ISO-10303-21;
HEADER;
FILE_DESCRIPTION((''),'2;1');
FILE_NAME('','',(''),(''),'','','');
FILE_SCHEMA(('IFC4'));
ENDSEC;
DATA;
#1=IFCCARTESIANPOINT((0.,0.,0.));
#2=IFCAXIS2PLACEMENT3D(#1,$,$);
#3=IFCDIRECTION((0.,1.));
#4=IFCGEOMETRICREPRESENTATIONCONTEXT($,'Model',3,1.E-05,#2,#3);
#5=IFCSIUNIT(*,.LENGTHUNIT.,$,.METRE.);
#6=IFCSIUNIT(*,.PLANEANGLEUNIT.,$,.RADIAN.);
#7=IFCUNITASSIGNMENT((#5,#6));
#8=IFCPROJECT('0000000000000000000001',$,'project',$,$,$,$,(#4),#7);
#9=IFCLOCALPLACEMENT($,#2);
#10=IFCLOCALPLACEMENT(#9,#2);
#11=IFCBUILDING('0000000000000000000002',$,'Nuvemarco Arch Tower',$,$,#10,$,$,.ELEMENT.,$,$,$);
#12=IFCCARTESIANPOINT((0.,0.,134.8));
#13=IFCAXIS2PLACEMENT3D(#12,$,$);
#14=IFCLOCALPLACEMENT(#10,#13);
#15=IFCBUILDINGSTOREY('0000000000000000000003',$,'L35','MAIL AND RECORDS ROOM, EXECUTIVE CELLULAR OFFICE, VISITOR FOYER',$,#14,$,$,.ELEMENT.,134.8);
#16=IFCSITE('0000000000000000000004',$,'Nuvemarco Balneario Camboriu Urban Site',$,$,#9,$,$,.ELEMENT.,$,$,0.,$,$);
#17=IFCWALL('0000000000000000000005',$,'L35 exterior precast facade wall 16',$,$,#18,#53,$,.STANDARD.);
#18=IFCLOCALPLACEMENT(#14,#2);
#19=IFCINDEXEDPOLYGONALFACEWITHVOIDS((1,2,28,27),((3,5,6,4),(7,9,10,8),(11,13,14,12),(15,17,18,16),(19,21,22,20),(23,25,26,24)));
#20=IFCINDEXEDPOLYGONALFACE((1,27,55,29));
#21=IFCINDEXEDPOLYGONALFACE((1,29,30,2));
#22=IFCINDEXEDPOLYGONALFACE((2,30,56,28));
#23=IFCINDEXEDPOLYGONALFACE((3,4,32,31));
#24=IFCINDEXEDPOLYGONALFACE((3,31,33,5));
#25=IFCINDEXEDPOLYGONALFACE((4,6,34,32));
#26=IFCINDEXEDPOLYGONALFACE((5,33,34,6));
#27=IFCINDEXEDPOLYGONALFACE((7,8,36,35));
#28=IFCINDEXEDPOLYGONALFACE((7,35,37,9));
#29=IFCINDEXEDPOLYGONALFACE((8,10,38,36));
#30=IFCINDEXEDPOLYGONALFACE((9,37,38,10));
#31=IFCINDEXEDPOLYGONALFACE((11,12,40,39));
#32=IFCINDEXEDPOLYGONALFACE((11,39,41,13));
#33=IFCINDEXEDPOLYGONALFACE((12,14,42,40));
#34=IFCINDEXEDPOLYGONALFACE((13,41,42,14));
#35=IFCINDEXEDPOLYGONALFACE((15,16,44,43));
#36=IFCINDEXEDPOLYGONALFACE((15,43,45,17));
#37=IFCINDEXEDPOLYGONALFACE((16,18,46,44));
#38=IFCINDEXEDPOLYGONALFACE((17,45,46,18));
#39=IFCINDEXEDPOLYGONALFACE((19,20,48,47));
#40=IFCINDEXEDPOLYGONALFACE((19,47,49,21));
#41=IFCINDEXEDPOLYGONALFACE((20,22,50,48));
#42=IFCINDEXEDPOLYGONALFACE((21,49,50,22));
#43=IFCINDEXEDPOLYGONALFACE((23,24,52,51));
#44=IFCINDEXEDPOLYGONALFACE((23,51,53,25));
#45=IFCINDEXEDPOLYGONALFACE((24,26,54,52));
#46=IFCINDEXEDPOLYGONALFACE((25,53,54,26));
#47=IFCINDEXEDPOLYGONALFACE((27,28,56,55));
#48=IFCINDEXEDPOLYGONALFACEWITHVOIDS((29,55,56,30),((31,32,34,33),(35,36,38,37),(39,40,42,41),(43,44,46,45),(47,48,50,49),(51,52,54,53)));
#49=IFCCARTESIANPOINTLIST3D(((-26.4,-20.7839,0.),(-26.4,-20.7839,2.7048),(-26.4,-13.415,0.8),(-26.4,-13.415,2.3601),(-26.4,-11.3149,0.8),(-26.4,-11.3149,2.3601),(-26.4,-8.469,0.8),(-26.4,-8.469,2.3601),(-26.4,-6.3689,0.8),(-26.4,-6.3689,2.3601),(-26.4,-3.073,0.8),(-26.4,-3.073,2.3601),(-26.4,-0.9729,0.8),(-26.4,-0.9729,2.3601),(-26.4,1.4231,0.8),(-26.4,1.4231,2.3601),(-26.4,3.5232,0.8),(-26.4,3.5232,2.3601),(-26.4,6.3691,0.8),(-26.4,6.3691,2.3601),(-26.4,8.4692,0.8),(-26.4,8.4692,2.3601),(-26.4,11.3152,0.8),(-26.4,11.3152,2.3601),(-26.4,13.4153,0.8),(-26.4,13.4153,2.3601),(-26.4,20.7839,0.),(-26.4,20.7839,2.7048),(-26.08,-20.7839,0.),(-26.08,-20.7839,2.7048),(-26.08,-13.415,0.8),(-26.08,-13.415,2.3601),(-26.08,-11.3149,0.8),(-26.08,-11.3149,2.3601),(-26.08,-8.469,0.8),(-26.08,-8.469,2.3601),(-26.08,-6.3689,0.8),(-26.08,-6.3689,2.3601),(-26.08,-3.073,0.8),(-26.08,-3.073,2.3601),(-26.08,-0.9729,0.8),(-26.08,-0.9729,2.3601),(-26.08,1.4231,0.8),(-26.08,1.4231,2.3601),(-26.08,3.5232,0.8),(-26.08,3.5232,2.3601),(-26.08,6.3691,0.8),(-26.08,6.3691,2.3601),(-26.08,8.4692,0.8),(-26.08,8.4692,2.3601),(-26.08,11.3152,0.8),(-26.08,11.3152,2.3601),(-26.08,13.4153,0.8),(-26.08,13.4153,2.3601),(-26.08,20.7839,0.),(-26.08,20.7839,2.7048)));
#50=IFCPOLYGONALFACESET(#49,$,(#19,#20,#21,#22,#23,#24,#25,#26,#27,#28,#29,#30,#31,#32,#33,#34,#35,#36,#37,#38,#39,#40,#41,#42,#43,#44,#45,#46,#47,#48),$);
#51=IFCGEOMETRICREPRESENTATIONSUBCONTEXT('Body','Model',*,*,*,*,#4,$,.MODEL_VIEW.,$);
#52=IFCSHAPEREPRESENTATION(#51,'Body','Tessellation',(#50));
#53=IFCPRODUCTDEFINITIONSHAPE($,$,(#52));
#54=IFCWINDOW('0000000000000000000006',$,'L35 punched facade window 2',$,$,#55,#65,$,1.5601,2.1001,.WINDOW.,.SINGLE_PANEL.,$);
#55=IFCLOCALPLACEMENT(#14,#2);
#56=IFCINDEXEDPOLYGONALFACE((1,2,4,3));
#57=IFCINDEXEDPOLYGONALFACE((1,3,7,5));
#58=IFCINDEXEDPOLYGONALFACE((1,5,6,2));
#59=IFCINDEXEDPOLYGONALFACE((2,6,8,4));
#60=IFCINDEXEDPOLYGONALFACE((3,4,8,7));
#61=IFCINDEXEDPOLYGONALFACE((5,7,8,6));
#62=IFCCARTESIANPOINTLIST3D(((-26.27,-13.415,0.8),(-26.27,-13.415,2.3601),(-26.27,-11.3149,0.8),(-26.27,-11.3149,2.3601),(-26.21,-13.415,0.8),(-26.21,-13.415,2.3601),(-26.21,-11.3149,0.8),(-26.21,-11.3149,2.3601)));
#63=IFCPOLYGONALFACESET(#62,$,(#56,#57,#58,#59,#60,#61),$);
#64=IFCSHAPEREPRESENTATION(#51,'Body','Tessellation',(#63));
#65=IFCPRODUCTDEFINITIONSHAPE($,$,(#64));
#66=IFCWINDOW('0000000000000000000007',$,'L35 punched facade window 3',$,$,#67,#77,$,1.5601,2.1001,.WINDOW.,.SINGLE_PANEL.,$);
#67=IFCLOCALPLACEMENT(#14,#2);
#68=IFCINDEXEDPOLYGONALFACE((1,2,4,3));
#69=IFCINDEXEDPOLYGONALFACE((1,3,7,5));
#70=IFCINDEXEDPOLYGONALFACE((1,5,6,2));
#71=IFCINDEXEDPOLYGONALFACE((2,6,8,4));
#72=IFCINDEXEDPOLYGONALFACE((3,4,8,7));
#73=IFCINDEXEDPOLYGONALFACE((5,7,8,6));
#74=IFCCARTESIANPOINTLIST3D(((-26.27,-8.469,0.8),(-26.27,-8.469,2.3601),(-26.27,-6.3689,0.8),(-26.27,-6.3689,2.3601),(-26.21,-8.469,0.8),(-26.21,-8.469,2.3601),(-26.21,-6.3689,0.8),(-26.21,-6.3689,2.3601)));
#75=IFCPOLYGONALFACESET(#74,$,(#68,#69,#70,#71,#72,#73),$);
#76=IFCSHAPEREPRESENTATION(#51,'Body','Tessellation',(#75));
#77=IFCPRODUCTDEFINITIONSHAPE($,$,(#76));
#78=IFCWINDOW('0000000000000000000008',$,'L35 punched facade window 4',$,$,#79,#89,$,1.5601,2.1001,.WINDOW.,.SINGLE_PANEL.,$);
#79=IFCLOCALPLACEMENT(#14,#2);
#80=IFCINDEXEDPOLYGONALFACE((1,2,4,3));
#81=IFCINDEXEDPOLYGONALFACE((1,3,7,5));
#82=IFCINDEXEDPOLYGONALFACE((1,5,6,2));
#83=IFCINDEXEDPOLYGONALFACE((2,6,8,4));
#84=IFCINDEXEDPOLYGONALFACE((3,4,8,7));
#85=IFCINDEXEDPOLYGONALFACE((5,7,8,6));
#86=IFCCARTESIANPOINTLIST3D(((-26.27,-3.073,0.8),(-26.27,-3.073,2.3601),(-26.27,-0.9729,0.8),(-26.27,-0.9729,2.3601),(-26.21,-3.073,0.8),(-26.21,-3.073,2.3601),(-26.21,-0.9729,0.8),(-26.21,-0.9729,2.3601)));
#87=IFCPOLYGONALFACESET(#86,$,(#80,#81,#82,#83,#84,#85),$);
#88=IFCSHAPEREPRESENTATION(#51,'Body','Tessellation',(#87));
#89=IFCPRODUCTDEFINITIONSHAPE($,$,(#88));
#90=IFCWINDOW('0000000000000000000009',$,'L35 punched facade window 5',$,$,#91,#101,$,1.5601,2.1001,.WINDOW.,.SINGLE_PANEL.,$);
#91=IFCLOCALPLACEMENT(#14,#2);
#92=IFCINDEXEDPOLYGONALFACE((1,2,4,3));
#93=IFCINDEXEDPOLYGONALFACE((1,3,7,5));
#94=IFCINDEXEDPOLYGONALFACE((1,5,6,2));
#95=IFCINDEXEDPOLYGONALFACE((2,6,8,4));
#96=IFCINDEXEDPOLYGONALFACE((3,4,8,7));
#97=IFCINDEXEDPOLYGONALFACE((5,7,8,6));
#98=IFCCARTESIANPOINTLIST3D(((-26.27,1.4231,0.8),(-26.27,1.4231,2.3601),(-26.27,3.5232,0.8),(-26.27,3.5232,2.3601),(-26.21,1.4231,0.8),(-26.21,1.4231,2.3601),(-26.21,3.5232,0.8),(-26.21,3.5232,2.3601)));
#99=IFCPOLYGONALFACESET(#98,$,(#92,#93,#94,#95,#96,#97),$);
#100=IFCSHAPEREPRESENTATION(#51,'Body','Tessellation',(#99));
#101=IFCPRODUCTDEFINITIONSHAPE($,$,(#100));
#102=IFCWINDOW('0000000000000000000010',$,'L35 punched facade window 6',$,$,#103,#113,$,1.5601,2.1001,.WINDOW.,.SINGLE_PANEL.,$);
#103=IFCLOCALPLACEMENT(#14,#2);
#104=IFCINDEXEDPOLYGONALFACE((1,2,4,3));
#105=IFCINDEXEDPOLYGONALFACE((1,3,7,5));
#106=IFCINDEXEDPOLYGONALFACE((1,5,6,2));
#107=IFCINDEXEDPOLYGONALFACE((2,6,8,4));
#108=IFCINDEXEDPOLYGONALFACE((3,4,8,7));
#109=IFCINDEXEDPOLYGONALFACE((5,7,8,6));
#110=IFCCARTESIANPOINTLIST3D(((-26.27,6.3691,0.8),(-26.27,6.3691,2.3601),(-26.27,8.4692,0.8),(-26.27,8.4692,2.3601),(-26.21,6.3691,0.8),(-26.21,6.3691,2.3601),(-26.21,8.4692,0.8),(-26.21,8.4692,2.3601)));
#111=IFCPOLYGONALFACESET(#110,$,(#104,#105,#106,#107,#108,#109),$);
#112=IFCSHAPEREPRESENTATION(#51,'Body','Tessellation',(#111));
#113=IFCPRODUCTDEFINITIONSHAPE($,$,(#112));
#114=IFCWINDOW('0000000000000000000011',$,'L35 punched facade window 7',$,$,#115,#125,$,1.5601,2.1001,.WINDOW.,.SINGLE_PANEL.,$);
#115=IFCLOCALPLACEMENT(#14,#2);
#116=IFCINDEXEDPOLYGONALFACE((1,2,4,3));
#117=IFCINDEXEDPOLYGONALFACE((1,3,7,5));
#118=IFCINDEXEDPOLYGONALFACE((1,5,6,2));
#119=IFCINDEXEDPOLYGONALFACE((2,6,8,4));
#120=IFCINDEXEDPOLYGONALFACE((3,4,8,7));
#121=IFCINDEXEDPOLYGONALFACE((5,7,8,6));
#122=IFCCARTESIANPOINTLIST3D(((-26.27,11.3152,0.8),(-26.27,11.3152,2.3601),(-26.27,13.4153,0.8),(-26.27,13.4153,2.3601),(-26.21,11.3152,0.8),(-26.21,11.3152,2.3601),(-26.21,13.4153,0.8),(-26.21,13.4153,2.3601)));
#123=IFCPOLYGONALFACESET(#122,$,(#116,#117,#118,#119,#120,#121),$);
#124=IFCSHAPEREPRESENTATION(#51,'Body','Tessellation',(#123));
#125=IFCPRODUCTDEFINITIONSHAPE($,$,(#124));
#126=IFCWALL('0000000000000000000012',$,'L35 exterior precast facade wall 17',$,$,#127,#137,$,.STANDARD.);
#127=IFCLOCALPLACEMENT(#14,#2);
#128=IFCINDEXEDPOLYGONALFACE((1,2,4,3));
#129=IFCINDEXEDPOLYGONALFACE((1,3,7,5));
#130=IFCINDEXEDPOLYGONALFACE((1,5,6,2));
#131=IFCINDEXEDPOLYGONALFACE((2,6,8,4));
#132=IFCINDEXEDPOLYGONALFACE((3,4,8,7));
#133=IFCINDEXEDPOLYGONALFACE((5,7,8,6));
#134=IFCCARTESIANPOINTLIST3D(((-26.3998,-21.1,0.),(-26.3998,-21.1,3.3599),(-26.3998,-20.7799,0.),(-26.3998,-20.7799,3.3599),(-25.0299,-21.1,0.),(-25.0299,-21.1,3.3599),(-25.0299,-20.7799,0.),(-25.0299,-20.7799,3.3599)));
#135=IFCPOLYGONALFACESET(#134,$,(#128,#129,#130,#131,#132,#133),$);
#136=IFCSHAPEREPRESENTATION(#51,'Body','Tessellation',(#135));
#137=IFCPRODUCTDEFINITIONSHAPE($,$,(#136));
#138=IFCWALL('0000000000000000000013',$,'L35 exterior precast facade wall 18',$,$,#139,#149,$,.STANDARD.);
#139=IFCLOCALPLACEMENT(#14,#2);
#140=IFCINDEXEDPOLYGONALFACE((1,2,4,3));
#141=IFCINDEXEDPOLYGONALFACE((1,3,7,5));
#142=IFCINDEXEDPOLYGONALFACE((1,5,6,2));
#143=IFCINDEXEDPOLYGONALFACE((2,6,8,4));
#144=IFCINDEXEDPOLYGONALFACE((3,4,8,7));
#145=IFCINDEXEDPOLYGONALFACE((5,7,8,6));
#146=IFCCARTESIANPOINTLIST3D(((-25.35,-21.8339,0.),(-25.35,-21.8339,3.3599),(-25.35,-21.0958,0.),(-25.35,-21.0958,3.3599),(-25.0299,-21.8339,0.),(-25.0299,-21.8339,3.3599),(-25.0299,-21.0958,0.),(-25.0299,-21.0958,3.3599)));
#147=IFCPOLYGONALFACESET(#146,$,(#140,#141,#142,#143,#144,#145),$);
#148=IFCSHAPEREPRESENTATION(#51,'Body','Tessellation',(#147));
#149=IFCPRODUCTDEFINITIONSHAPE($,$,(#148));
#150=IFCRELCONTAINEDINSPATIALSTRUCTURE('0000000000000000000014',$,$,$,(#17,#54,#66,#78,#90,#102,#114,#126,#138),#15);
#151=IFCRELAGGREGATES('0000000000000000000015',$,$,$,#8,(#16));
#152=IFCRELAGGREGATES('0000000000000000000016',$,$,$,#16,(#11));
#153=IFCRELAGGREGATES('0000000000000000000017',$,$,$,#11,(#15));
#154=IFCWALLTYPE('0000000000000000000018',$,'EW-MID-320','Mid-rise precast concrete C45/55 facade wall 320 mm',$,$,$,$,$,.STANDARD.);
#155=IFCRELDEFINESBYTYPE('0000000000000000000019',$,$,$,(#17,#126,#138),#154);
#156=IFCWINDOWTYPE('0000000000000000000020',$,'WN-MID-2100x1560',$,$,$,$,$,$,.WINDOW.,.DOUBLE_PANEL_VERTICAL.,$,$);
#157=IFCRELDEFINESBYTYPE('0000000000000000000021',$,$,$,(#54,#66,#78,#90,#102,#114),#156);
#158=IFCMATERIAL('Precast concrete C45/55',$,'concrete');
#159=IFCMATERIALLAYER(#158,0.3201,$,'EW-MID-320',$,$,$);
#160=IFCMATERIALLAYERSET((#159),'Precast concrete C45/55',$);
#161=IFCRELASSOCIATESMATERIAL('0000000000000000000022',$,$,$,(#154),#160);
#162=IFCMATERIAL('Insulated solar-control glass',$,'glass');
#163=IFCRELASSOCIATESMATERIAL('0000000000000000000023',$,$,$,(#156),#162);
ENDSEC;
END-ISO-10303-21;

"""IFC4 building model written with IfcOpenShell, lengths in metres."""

from ifc_helpers import new_model, si_unit, direction, frame, frame_2d, origin, place, context, subcontext, project, spatial, rectangle, extrude, source, transform, mapped, material, layer, layer_set, type_object, type_shapes, element, fill, save


model = new_model("IFC4")

# Units and contexts
model_context = context("Model", 3, precision=1e-05, world=origin(), true_north=direction((0.0, 1.0)))
body_context = subcontext(model_context, "Body", "Model", "MODEL_VIEW")
ifc_project = project(units=[si_unit("LENGTHUNIT", "METRE"), si_unit("PLANEANGLEUNIT", "RADIAN")], contexts=[model_context])

# Site, building, storey
site_placement = place(None, origin())
site = spatial("IfcSite", under=ifc_project, at=site_placement, Name="Nuvemarco Balneario Camboriu Urban Site", CompositionType="ELEMENT", RefElevation=0.0)
building_placement = place(site_placement, origin())
building = spatial("IfcBuilding", under=site, at=building_placement, Name="Nuvemarco Arch Tower", CompositionType="ELEMENT")
storey_placement = place(building_placement, frame((0.0, 0.0, 134.8)))
storey = spatial("IfcBuildingStorey", under=building, at=storey_placement, Name="L35", Description="MAIL AND RECORDS ROOM, EXECUTIVE CELLULAR OFFICE, VISITOR FOYER", CompositionType="ELEMENT", Elevation=134.8)

# Wall, openings, windows
ifc_material_1 = material(Name="Precast concrete C45/55", Category="concrete")
ifc_layer = layer(ifc_material_1, 0.3201, Name="EW-MID-320")
ifc_layer_set = layer_set([ifc_layer], Name="Precast concrete C45/55")
wall_type = type_object("IfcWallType", Name="EW-MID-320", Description="Mid-rise precast concrete C45/55 facade wall 320 mm", PredefinedType="STANDARD", material=ifc_layer_set)
wall_1_placement = place(storey_placement, frame((-26.24, -20.7839, 0.0), z_axis=(0.0, 0.0, 1.0), x_axis=(0.0, 1.0, 0.0)))
wall_1 = element("IfcWall", 1, at=wall_1_placement, inside=storey, type_object=wall_type, Name="L35 exterior precast facade wall 16", PredefinedType="STANDARD", context=body_context, shape_type="SweptSolid", body=[
    extrude(rectangle(XDim=41.5679, YDim=0.3201, at=frame_2d((20.7839, 0.0))), origin(), (0.0, 0.0, 1.0), 2.7048),
])
opening_1_placement = place(wall_1_placement, frame((7.3689, 0.0, 0.8)))
opening_1 = element("IfcOpeningElement", 2, at=opening_1_placement, cuts=wall_1, PredefinedType="OPENING", context=body_context, shape_type="SweptSolid", body=[
    extrude(rectangle(XDim=2.1001, YDim=1.5601, at=frame_2d((1.05, 0.78))), frame((0.0, 0.1699, 0.0), z_axis=(0.0, -1.0, 0.0), x_axis=(1.0, 0.0, 0.0)), (0.0, 0.0, 1.0), 0.3401),
])
opening_2_placement = place(wall_1_placement, frame((12.3149, 0.0, 0.8)))
opening_2 = element("IfcOpeningElement", 3, at=opening_2_placement, cuts=wall_1, PredefinedType="OPENING", context=body_context, shape_type="SweptSolid", body=[
    extrude(rectangle(XDim=2.1001, YDim=1.5601, at=frame_2d((1.05, 0.78))), frame((0.0, 0.1699, 0.0), z_axis=(0.0, -1.0, 0.0), x_axis=(1.0, 0.0, 0.0)), (0.0, 0.0, 1.0), 0.3401),
])
opening_3_placement = place(wall_1_placement, frame((17.7109, 0.0, 0.8)))
opening_3 = element("IfcOpeningElement", 4, at=opening_3_placement, cuts=wall_1, PredefinedType="OPENING", context=body_context, shape_type="SweptSolid", body=[
    extrude(rectangle(XDim=2.1001, YDim=1.5601, at=frame_2d((1.05, 0.78))), frame((0.0, 0.1699, 0.0), z_axis=(0.0, -1.0, 0.0), x_axis=(1.0, 0.0, 0.0)), (0.0, 0.0, 1.0), 0.3401),
])
opening_4_placement = place(wall_1_placement, frame((22.207, 0.0, 0.8)))
opening_4 = element("IfcOpeningElement", 5, at=opening_4_placement, cuts=wall_1, PredefinedType="OPENING", context=body_context, shape_type="SweptSolid", body=[
    extrude(rectangle(XDim=2.1001, YDim=1.5601, at=frame_2d((1.05, 0.78))), frame((0.0, 0.1699, 0.0), z_axis=(0.0, -1.0, 0.0), x_axis=(1.0, 0.0, 0.0)), (0.0, 0.0, 1.0), 0.3401),
])
opening_5_placement = place(wall_1_placement, frame((27.1531, 0.0, 0.8)))
opening_5 = element("IfcOpeningElement", 6, at=opening_5_placement, cuts=wall_1, PredefinedType="OPENING", context=body_context, shape_type="SweptSolid", body=[
    extrude(rectangle(XDim=2.1001, YDim=1.5601, at=frame_2d((1.05, 0.78))), frame((0.0, 0.1699, 0.0), z_axis=(0.0, -1.0, 0.0), x_axis=(1.0, 0.0, 0.0)), (0.0, 0.0, 1.0), 0.3401),
])
opening_6_placement = place(wall_1_placement, frame((32.0991, 0.0, 0.8)))
opening_6 = element("IfcOpeningElement", 7, at=opening_6_placement, cuts=wall_1, PredefinedType="OPENING", context=body_context, shape_type="SweptSolid", body=[
    extrude(rectangle(XDim=2.1001, YDim=1.5601, at=frame_2d((1.05, 0.78))), frame((0.0, 0.1699, 0.0), z_axis=(0.0, -1.0, 0.0), x_axis=(1.0, 0.0, 0.0)), (0.0, 0.0, 1.0), 0.3401),
])
ifc_material_2 = material(Name="Insulated solar-control glass", Category="glass")
window_type = type_object("IfcWindowType", Name="WN-MID-2100x1560", PartitioningType="DOUBLE_PANEL_VERTICAL", PredefinedType="WINDOW", material=ifc_material_2)
shared_shape = source(origin(), body_context, "Body", "SweptSolid", [
    extrude(rectangle(XDim=2.1001, YDim=1.5601, at=frame_2d((1.05, 0.78))), frame((0.0, 0.03, 0.0), z_axis=(0.0, -1.0, 0.0), x_axis=(1.0, 0.0, 0.0)), (0.0, 0.0, 1.0), 0.0601),
])
type_shapes(window_type, [shared_shape])
window_1_placement = place(opening_1_placement, origin())
window_1 = element("IfcWindow", 8, at=window_1_placement, inside=storey, type_object=window_type, Name="L35 punched facade window 2", OverallHeight=1.5601, OverallWidth=2.1001, PartitioningType="SINGLE_PANEL", PredefinedType="WINDOW", context=body_context, shape_type="MappedRepresentation", body=[
    mapped(shared_shape, transform((0.0, 0.0, 0.0), scale=1.0)),
])
fill(opening_1, window_1)
window_2_placement = place(opening_2_placement, origin())
window_2 = element("IfcWindow", 9, at=window_2_placement, inside=storey, type_object=window_type, Name="L35 punched facade window 3", OverallHeight=1.5601, OverallWidth=2.1001, PartitioningType="SINGLE_PANEL", PredefinedType="WINDOW", context=body_context, shape_type="MappedRepresentation", body=[
    mapped(shared_shape, transform((0.0, 0.0, 0.0), scale=1.0)),
])
fill(opening_2, window_2)
window_3_placement = place(opening_3_placement, origin())
window_3 = element("IfcWindow", 10, at=window_3_placement, inside=storey, type_object=window_type, Name="L35 punched facade window 4", OverallHeight=1.5601, OverallWidth=2.1001, PartitioningType="SINGLE_PANEL", PredefinedType="WINDOW", context=body_context, shape_type="MappedRepresentation", body=[
    mapped(shared_shape, transform((0.0, 0.0, 0.0), scale=1.0)),
])
fill(opening_3, window_3)
window_4_placement = place(opening_4_placement, origin())
window_4 = element("IfcWindow", 11, at=window_4_placement, inside=storey, type_object=window_type, Name="L35 punched facade window 5", OverallHeight=1.5601, OverallWidth=2.1001, PartitioningType="SINGLE_PANEL", PredefinedType="WINDOW", context=body_context, shape_type="MappedRepresentation", body=[
    mapped(shared_shape, transform((0.0, 0.0, 0.0), scale=1.0)),
])
fill(opening_4, window_4)
window_5_placement = place(opening_5_placement, origin())
window_5 = element("IfcWindow", 12, at=window_5_placement, inside=storey, type_object=window_type, Name="L35 punched facade window 6", OverallHeight=1.5601, OverallWidth=2.1001, PartitioningType="SINGLE_PANEL", PredefinedType="WINDOW", context=body_context, shape_type="MappedRepresentation", body=[
    mapped(shared_shape, transform((0.0, 0.0, 0.0), scale=1.0)),
])
fill(opening_5, window_5)
window_6_placement = place(opening_6_placement, origin())
window_6 = element("IfcWindow", 13, at=window_6_placement, inside=storey, type_object=window_type, Name="L35 punched facade window 7", OverallHeight=1.5601, OverallWidth=2.1001, PartitioningType="SINGLE_PANEL", PredefinedType="WINDOW", context=body_context, shape_type="MappedRepresentation", body=[
    mapped(shared_shape, transform((0.0, 0.0, 0.0), scale=1.0)),
])
fill(opening_6, window_6)

# Walls
wall_2_placement = place(storey_placement, frame((-26.3999, -20.9399, 0.0), z_axis=(0.0, 0.0, 1.0), x_axis=(1.0, 0.0, 0.0)))
element("IfcWall", 14, at=wall_2_placement, inside=storey, type_object=wall_type, Name="L35 exterior precast facade wall 17", PredefinedType="STANDARD", context=body_context, shape_type="SweptSolid", body=[
    extrude(rectangle(XDim=1.3699, YDim=0.3201, at=frame_2d((0.6851, 0.0))), origin(), (0.0, 0.0, 1.0), 3.3599),
])
wall_3_placement = place(storey_placement, frame((-25.1899, -21.834, 0.0), z_axis=(0.0, 0.0, 1.0), x_axis=(0.0, 1.0, 0.0)))
element("IfcWall", 15, at=wall_3_placement, inside=storey, type_object=wall_type, Name="L35 exterior precast facade wall 18", PredefinedType="STANDARD", context=body_context, shape_type="SweptSolid", body=[
    extrude(rectangle(XDim=0.738, YDim=0.3201, at=frame_2d((0.3691, 0.0))), origin(), (0.0, 0.0, 1.0), 3.3599),
])

save(model, "model.ifc")
